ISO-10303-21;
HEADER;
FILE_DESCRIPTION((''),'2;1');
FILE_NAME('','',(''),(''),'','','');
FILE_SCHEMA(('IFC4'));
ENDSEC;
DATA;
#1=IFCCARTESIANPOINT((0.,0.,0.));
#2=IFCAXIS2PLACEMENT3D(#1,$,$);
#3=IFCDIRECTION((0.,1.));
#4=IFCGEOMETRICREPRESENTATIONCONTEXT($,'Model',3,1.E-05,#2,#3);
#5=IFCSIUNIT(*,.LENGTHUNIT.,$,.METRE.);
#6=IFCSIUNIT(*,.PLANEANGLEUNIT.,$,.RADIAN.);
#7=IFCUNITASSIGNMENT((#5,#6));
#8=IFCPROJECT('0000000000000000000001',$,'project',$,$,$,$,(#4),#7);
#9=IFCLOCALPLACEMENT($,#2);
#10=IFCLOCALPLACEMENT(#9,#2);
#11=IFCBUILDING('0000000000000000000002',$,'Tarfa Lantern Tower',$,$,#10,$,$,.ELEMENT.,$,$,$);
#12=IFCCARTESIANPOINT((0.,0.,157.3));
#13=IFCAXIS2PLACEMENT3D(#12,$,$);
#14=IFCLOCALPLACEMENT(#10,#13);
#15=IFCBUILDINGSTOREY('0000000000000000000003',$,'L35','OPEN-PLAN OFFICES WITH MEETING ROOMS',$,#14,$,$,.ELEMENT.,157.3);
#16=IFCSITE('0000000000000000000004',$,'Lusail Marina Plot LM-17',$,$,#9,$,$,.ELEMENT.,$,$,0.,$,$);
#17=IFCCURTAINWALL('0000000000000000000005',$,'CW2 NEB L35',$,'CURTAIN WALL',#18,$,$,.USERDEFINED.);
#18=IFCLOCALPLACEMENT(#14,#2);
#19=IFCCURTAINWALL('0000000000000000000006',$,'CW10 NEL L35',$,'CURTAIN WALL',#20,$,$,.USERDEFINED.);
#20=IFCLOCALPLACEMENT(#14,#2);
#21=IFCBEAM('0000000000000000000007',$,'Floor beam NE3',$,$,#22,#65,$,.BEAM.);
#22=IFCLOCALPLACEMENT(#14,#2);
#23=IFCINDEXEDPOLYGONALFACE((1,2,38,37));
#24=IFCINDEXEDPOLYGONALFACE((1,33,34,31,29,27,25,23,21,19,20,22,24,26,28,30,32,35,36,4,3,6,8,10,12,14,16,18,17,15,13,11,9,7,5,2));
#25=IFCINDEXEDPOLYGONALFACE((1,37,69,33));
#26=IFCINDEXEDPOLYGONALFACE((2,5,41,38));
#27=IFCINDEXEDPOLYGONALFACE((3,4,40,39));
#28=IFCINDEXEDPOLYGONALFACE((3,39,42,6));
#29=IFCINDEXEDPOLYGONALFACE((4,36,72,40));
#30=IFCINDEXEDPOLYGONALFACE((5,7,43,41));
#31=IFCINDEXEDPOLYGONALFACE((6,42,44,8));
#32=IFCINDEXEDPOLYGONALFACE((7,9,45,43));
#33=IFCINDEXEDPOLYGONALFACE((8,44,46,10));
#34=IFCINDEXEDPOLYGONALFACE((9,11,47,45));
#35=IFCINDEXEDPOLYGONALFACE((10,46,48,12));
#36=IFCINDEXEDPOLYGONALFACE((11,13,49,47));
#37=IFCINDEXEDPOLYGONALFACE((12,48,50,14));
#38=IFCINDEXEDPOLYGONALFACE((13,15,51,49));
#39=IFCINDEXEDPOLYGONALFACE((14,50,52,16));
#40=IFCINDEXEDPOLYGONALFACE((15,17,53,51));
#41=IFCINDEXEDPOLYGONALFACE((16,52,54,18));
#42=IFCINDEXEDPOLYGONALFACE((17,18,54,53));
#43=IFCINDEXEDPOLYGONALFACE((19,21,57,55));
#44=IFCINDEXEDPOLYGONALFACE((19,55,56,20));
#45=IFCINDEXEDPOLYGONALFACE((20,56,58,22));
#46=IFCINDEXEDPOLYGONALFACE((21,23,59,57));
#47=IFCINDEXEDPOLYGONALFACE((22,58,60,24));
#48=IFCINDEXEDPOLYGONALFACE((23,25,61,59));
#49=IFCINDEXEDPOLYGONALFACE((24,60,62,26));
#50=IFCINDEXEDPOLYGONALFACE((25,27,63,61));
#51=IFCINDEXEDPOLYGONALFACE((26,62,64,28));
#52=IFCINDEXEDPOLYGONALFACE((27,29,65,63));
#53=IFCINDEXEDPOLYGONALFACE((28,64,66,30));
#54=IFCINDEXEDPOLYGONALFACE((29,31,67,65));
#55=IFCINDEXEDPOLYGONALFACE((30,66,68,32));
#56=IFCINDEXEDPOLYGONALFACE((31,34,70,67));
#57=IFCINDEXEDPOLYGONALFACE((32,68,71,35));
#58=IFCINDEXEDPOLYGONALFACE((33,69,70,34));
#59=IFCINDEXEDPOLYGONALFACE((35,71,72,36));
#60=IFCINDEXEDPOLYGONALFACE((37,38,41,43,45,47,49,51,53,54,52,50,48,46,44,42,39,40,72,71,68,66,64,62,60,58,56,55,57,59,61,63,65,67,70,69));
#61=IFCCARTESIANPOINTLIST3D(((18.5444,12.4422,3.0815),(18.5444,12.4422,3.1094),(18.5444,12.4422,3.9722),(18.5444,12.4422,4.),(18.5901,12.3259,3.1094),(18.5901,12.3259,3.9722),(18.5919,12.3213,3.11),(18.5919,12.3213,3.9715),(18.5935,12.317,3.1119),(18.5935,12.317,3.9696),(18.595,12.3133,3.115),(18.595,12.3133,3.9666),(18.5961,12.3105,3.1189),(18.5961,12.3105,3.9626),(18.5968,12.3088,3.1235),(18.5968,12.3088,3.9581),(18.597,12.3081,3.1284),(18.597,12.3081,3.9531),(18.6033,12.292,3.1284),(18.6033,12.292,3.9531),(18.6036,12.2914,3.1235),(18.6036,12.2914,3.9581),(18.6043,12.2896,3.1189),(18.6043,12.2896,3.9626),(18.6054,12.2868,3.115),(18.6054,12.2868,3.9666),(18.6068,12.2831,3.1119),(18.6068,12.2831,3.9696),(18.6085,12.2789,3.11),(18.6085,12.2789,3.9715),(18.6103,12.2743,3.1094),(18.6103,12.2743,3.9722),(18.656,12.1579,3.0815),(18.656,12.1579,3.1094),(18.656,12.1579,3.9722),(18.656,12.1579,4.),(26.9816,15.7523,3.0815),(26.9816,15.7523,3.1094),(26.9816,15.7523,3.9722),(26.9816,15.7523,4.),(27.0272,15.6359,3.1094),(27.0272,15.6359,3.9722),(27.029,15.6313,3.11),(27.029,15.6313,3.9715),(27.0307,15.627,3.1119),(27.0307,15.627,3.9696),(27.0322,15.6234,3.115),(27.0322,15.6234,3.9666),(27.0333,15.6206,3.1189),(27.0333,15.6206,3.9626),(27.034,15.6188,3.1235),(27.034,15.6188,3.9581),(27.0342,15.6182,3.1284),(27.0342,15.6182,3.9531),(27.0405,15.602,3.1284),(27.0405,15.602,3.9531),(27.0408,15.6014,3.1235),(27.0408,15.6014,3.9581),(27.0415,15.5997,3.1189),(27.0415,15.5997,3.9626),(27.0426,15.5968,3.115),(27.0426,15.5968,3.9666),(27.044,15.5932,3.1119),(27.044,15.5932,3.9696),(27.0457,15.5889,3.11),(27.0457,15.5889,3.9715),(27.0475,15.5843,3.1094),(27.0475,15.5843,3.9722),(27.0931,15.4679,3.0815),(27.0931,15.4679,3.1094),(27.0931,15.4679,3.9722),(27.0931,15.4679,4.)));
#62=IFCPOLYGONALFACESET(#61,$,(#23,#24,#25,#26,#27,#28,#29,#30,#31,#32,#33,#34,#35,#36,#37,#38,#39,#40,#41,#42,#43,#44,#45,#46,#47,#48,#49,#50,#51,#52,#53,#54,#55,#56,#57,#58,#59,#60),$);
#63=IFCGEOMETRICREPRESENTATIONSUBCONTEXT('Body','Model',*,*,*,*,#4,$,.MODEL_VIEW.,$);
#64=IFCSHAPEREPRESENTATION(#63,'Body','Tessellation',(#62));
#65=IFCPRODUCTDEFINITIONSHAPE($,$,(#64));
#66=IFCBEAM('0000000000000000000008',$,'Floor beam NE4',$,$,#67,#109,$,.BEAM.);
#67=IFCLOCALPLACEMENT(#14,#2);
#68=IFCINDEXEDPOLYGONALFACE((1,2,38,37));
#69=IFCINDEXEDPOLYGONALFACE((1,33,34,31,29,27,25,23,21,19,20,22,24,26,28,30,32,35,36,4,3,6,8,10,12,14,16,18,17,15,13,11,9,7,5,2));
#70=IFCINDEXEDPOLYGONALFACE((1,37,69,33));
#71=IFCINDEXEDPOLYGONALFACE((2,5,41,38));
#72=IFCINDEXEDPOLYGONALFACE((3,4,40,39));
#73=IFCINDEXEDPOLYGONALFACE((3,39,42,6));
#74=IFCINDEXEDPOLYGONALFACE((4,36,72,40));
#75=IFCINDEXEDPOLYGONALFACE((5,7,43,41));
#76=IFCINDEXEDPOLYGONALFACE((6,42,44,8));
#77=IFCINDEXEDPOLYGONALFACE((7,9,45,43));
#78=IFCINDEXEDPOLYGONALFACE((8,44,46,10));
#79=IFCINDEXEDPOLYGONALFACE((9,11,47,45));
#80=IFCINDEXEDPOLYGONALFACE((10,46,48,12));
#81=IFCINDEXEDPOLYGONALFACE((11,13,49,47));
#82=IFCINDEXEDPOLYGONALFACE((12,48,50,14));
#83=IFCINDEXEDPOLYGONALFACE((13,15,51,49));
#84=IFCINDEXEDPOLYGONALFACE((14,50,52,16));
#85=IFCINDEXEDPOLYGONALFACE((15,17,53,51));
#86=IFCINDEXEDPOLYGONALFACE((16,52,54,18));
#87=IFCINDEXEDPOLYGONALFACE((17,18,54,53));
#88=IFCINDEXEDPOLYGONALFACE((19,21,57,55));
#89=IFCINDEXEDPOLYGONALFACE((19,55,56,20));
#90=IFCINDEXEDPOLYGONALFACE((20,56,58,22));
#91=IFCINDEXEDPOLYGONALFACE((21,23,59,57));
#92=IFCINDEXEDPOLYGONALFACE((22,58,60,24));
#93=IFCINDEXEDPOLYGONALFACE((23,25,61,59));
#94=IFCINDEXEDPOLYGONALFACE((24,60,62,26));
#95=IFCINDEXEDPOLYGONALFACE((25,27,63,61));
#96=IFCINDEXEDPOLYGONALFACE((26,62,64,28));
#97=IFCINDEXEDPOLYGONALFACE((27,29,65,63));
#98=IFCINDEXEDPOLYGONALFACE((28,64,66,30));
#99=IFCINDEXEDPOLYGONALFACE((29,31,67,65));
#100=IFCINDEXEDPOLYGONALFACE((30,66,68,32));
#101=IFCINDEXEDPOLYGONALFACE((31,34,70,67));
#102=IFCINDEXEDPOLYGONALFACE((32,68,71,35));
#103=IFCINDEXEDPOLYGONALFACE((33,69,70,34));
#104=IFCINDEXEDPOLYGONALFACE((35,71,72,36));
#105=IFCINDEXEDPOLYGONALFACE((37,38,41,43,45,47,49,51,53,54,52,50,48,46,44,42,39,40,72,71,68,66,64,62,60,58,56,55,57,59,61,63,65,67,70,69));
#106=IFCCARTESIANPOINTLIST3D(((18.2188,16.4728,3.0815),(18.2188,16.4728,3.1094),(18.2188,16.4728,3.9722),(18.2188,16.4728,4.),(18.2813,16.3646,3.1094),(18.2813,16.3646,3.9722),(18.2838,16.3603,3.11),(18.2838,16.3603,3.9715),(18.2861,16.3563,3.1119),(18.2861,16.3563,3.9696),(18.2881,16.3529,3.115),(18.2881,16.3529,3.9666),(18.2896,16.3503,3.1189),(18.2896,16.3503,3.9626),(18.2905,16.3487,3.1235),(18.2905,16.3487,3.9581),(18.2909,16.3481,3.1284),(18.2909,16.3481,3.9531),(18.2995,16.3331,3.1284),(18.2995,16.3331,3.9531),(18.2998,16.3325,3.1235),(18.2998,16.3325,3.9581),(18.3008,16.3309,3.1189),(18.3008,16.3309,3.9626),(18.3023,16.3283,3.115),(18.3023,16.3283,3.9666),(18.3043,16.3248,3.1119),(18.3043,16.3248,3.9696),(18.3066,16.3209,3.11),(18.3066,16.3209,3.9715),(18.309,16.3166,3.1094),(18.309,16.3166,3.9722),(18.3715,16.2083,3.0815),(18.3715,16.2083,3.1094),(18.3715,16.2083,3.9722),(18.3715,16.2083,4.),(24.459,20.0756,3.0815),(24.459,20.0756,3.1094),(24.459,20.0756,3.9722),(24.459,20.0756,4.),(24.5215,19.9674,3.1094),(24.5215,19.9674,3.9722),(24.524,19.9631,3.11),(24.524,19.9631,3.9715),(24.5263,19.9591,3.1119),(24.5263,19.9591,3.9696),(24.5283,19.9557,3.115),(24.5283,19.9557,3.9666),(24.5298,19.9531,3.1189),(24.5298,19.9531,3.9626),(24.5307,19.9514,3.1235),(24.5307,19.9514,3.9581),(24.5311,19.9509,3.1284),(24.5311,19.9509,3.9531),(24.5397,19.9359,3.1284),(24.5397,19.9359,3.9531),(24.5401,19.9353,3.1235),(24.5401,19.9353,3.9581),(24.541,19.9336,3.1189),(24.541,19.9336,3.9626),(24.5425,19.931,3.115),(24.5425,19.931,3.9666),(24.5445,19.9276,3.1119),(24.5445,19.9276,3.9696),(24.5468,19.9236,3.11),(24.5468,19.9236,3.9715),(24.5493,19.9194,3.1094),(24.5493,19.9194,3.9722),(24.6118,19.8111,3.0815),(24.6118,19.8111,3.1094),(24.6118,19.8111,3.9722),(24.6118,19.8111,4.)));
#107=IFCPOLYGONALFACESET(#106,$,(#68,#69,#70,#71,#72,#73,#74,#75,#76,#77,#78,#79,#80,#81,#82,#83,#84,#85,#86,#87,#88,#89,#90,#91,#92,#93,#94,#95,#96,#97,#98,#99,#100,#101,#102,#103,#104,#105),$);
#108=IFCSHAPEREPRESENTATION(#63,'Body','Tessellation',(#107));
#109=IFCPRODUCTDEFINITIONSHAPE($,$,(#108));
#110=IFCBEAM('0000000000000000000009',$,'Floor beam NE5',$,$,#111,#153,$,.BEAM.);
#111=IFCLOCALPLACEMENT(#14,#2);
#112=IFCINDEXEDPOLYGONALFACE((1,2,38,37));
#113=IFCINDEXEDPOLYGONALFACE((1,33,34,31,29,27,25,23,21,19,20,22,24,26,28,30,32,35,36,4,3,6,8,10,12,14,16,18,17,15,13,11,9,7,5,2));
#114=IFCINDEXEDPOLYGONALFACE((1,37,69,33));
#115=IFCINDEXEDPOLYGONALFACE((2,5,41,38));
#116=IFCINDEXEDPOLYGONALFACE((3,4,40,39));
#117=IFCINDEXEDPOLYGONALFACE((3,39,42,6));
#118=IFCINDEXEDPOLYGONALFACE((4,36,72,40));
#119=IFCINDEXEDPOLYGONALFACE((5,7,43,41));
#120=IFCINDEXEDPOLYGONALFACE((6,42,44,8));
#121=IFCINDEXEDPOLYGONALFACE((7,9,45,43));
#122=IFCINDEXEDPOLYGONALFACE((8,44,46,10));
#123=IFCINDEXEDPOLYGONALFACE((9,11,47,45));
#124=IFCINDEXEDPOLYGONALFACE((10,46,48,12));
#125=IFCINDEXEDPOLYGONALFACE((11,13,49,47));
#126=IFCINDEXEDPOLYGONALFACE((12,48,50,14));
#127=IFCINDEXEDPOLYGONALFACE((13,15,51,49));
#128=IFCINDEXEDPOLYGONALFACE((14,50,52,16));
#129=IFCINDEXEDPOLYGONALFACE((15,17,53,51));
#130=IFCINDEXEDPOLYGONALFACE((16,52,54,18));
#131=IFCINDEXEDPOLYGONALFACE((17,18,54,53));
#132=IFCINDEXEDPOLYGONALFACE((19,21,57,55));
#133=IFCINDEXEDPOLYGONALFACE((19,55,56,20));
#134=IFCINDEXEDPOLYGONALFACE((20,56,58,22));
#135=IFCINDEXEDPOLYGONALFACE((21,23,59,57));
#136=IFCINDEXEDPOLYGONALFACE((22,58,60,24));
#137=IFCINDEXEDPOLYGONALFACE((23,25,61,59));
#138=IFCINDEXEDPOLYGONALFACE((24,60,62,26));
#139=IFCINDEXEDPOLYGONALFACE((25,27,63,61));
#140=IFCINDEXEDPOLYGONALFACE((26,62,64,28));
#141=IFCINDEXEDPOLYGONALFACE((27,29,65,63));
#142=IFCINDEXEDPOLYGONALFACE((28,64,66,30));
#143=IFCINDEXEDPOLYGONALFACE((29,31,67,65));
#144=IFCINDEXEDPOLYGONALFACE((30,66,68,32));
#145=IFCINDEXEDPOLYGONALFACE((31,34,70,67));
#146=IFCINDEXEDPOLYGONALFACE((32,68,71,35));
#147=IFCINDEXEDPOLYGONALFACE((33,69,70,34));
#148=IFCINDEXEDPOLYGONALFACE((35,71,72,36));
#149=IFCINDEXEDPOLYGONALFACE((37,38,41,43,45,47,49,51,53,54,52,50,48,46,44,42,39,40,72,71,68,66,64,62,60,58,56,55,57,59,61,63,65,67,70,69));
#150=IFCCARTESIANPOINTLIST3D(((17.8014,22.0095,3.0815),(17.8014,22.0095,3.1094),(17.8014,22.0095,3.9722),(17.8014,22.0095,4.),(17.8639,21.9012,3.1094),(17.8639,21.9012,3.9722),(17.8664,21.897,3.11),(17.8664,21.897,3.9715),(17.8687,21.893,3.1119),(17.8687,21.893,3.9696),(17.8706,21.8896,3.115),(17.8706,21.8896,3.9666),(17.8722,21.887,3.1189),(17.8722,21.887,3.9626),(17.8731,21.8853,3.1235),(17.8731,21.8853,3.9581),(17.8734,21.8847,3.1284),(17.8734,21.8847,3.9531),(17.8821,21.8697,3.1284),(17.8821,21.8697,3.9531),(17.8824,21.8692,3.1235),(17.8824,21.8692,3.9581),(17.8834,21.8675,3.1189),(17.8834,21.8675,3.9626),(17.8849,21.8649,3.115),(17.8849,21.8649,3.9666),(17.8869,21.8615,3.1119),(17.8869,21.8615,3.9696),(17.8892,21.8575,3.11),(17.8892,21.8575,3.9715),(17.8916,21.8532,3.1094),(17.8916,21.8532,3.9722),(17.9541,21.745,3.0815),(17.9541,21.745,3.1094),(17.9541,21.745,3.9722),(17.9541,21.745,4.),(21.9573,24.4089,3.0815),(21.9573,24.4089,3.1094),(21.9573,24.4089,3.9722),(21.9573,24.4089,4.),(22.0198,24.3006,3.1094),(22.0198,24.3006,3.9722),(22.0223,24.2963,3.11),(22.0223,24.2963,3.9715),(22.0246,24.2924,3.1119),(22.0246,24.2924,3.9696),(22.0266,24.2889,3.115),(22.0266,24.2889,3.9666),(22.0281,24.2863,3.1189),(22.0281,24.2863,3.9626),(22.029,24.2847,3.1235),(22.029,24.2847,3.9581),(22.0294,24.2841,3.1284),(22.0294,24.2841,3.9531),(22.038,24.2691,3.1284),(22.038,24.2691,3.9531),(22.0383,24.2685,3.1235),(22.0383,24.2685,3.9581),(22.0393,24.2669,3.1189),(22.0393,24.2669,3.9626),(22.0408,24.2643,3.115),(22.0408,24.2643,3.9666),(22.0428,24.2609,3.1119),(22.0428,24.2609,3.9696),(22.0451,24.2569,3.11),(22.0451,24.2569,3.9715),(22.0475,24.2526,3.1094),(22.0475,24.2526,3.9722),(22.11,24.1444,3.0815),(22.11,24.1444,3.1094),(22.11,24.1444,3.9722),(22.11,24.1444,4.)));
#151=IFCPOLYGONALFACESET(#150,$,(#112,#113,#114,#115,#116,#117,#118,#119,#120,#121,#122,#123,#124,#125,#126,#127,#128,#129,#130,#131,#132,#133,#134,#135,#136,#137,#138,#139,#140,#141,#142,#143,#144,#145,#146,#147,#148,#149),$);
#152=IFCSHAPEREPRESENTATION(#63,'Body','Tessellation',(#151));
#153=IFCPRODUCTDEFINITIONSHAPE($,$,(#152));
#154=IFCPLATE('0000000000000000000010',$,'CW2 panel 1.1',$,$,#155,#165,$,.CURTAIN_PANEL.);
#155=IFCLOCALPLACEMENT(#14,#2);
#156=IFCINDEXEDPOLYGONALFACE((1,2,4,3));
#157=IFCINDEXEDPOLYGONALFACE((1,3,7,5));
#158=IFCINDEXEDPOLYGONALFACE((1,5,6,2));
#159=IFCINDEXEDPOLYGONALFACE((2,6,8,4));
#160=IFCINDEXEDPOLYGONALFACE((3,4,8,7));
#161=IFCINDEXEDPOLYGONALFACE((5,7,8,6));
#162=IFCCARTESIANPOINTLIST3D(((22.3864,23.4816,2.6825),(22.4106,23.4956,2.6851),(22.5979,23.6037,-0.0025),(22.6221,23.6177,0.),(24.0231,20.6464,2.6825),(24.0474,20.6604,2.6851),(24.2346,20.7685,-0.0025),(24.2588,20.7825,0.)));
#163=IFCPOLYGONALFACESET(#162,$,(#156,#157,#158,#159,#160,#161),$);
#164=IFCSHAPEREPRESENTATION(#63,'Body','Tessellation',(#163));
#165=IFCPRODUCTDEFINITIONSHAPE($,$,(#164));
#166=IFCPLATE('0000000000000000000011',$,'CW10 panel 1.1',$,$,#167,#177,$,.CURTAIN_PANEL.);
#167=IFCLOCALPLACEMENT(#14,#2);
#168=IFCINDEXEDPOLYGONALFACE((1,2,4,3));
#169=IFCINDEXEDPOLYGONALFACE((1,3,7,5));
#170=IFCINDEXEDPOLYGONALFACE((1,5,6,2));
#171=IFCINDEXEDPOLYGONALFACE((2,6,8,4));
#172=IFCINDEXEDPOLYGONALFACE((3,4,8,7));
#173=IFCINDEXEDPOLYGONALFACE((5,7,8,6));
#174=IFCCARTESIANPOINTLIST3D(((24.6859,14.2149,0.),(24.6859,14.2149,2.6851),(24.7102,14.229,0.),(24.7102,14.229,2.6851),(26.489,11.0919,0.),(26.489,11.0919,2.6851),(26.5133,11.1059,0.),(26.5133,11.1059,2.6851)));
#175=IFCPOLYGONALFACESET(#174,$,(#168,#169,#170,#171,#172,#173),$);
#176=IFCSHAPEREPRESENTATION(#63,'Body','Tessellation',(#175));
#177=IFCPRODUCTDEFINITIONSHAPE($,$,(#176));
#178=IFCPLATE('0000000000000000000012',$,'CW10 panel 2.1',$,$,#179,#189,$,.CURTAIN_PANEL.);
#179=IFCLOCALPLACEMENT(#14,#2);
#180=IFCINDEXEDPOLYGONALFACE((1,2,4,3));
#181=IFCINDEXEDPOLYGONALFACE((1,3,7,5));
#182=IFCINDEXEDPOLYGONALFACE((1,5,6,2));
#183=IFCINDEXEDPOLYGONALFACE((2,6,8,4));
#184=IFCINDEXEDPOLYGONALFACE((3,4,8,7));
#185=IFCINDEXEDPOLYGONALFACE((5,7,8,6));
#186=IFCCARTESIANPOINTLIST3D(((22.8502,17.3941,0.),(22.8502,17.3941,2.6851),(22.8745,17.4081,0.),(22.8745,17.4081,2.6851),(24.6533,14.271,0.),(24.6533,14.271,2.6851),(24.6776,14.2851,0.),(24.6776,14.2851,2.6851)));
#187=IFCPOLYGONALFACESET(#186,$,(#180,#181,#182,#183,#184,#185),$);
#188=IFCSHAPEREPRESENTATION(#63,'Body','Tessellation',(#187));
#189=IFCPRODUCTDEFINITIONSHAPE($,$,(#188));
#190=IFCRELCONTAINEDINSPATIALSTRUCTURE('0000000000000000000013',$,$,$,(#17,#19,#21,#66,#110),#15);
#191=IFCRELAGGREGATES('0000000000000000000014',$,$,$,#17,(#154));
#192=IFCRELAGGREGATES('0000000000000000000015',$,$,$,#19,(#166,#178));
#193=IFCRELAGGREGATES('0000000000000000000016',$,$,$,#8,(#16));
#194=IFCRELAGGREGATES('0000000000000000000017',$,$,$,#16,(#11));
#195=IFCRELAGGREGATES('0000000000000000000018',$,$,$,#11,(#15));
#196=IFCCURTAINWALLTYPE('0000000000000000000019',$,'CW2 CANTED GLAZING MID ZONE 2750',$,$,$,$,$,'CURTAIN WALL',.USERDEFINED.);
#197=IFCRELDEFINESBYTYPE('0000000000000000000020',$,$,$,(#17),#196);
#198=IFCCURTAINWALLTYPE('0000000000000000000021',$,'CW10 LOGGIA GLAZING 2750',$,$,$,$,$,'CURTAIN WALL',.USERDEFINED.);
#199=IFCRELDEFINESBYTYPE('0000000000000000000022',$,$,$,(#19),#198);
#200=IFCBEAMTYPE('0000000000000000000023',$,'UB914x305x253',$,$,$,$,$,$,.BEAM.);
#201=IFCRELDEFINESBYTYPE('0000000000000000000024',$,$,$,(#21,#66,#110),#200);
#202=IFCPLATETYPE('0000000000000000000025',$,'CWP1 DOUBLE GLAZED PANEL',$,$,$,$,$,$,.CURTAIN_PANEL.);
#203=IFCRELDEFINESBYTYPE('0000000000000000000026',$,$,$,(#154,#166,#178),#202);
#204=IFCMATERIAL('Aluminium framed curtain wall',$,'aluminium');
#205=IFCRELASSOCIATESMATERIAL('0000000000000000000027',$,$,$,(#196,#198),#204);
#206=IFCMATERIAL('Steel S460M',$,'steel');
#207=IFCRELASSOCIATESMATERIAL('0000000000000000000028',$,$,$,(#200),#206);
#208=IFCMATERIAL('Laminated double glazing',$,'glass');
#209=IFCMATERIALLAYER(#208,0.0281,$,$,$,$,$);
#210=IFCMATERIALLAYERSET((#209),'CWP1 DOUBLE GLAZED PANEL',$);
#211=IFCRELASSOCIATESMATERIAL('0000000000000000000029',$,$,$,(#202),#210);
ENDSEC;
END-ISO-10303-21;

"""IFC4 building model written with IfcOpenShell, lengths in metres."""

from ifc_helpers import new_model, si_unit, direction, frame, origin, origin_2d, place, context, subcontext, project, spatial, polyline, rectangle, i_section, outline, extrude, material, layer, layer_set, material_profile, profile_set, type_object, element, aggregate, save


model = new_model("IFC4")

# Units and contexts
model_context = context("Model", 3, precision=1e-05, world=origin(), true_north=direction((0.0, 1.0)))
body_context = subcontext(model_context, "Body", "Model", "MODEL_VIEW")
ifc_project = project(units=[si_unit("LENGTHUNIT", "METRE"), si_unit("PLANEANGLEUNIT", "RADIAN")], contexts=[model_context])

# Site, building, storey
site_placement = place(None, origin())
site = spatial("IfcSite", under=ifc_project, at=site_placement, Name="Lusail Marina Plot LM-17", CompositionType="ELEMENT", RefElevation=0.0)
building_placement = place(site_placement, origin())
building = spatial("IfcBuilding", under=site, at=building_placement, Name="Tarfa Lantern Tower", CompositionType="ELEMENT")
storey_placement = place(building_placement, frame((0.0, 0.0, 157.3)))
storey = spatial("IfcBuildingStorey", under=building, at=storey_placement, Name="L35", Description="OPEN-PLAN OFFICES WITH MEETING ROOMS", CompositionType="ELEMENT", Elevation=157.3)

# Curtain walls
ifc_material_1 = material(Name="Aluminium framed curtain wall", Category="aluminium")
curtain_wall_type_1 = type_object("IfcCurtainWallType", Name="CW2 CANTED GLAZING MID ZONE 2750", ElementType="CURTAIN WALL", PredefinedType="USERDEFINED", material=ifc_material_1)
curtain_wall_1_placement = place(storey_placement, origin())
curtain_wall_1 = element("IfcCurtainWall", 1, at=curtain_wall_1_placement, inside=storey, type_object=curtain_wall_type_1, Name="CW2 NEB L35", ObjectType="CURTAIN WALL", PredefinedType="USERDEFINED")
curtain_wall_type_2 = type_object("IfcCurtainWallType", Name="CW10 LOGGIA GLAZING 2750", ElementType="CURTAIN WALL", PredefinedType="USERDEFINED", material=ifc_material_1)
curtain_wall_2_placement = place(storey_placement, origin())
curtain_wall_2 = element("IfcCurtainWall", 2, at=curtain_wall_2_placement, inside=storey, type_object=curtain_wall_type_2, Name="CW10 NEL L35", ObjectType="CURTAIN WALL", PredefinedType="USERDEFINED")

# Beams
ifc_material_2 = material(Name="Steel S460M", Category="steel")
ifc_material_profile_1 = material_profile(ifc_material_2, i_section(OverallWidth=0.3054, OverallDepth=0.9185, WebThickness=0.0173, FlangeThickness=0.0278, FilletRadius=0.019, at=origin_2d()), Name="UB914x305x253")
ifc_profile_set_1 = profile_set([ifc_material_profile_1], Name="Steel S460M")
beam_type_1 = type_object("IfcBeamType", Name="UB914x305x253", PredefinedType="BEAM", material=ifc_profile_set_1)
beam_1_placement = place(storey_placement, frame((27.0374, 15.6101, 3.5408), z_axis=(-0.930923, -0.365215, 0.0), x_axis=(0.365215, -0.930923, 0.0)))
element("IfcBeam", 3, at=beam_1_placement, inside=storey, type_object=beam_type_1, Name="Floor beam NE3", PredefinedType="BEAM", context=body_context, shape_type="SweptSolid", body=[
    extrude(i_section(OverallWidth=0.3054, OverallDepth=0.9185, WebThickness=0.0173, FlangeThickness=0.0278, FilletRadius=0.019, at=origin_2d()), origin(), (0.0, 0.0, 1.0), 9.0632),
])
beam_2_placement = place(storey_placement, frame((24.5354, 19.9434, 3.5408), z_axis=(-0.866026, -0.499998, 0.0), x_axis=(0.499998, -0.866026, 0.0)))
element("IfcBeam", 4, at=beam_2_placement, inside=storey, type_object=beam_type_1, Name="Floor beam NE4", PredefinedType="BEAM", context=body_context, shape_type="SweptSolid", body=[
    extrude(i_section(OverallWidth=0.3054, OverallDepth=0.9185, WebThickness=0.0173, FlangeThickness=0.0278, FilletRadius=0.019, at=origin_2d()), origin(), (0.0, 0.0, 1.0), 7.2056),
])
beam_3_placement = place(storey_placement, frame((22.0337, 24.2766, 3.5408), z_axis=(-0.866031, -0.499991, 0.0), x_axis=(0.499991, -0.866031, 0.0)))
element("IfcBeam", 5, at=beam_3_placement, inside=storey, type_object=beam_type_1, Name="Floor beam NE5", PredefinedType="BEAM", context=body_context, shape_type="SweptSolid", body=[
    extrude(i_section(OverallWidth=0.3054, OverallDepth=0.9185, WebThickness=0.0173, FlangeThickness=0.0278, FilletRadius=0.019, at=origin_2d()), origin(), (0.0, 0.0, 1.0), 4.7988),
])

# Plates
ifc_material_3 = material(Name="Laminated double glazing", Category="glass")
ifc_layer_1 = layer(ifc_material_3, 0.0281)
ifc_layer_set_1 = layer_set([ifc_layer_1], Name="CWP1 DOUBLE GLAZED PANEL")
plate_type_1 = type_object("IfcPlateType", Name="CWP1 DOUBLE GLAZED PANEL", PredefinedType="CURTAIN_PANEL", material=ifc_layer_set_1)
plate_1_placement = place(storey_placement, frame((24.2588, 20.7825, 0.0), z_axis=(0.862492, 0.497903, 0.09055), x_axis=(-0.499957, 0.86605, 0.0)))
plate_1 = element("IfcPlate", 6, at=plate_1_placement, type_object=plate_type_1, Name="CW2 panel 1.1", PredefinedType="CURTAIN_PANEL", context=body_context, shape_type="SweptSolid", body=[
    extrude(outline(polyline([(0.0, 0.0), (3.2737, 0.0), (3.2737, 2.6961), (0.0, 2.6961), (0.0, 0.0)])), origin(), (0.0, 0.0, -1.0), 0.0281),
])
aggregate(curtain_wall_1, [plate_1])
plate_2_placement = place(storey_placement, frame((25.5996, 12.6604, 0.0), z_axis=(0.0, 0.0, 1.0), x_axis=(-0.5, 0.866025, 0.0)))
plate_2 = element("IfcPlate", 7, at=plate_2_placement, type_object=plate_type_1, Name="CW10 panel 1.1", PredefinedType="CURTAIN_PANEL", context=body_context, shape_type="SweptSolid", body=[
    extrude(rectangle(XDim=3.6062, YDim=0.0281, at=origin_2d()), origin(), (0.0, 0.0, 1.0), 2.6851),
])
plate_3_placement = place(storey_placement, frame((23.7639, 15.8396, 0.0), z_axis=(0.0, 0.0, 1.0), x_axis=(-0.5, 0.866025, 0.0)))
plate_3 = element("IfcPlate", 8, at=plate_3_placement, type_object=plate_type_1, Name="CW10 panel 2.1", PredefinedType="CURTAIN_PANEL", context=body_context, shape_type="SweptSolid", body=[
    extrude(rectangle(XDim=3.6062, YDim=0.0281, at=origin_2d()), origin(), (0.0, 0.0, 1.0), 2.6851),
])
aggregate(curtain_wall_2, [plate_2, plate_3])

save(model, "model.ifc")
